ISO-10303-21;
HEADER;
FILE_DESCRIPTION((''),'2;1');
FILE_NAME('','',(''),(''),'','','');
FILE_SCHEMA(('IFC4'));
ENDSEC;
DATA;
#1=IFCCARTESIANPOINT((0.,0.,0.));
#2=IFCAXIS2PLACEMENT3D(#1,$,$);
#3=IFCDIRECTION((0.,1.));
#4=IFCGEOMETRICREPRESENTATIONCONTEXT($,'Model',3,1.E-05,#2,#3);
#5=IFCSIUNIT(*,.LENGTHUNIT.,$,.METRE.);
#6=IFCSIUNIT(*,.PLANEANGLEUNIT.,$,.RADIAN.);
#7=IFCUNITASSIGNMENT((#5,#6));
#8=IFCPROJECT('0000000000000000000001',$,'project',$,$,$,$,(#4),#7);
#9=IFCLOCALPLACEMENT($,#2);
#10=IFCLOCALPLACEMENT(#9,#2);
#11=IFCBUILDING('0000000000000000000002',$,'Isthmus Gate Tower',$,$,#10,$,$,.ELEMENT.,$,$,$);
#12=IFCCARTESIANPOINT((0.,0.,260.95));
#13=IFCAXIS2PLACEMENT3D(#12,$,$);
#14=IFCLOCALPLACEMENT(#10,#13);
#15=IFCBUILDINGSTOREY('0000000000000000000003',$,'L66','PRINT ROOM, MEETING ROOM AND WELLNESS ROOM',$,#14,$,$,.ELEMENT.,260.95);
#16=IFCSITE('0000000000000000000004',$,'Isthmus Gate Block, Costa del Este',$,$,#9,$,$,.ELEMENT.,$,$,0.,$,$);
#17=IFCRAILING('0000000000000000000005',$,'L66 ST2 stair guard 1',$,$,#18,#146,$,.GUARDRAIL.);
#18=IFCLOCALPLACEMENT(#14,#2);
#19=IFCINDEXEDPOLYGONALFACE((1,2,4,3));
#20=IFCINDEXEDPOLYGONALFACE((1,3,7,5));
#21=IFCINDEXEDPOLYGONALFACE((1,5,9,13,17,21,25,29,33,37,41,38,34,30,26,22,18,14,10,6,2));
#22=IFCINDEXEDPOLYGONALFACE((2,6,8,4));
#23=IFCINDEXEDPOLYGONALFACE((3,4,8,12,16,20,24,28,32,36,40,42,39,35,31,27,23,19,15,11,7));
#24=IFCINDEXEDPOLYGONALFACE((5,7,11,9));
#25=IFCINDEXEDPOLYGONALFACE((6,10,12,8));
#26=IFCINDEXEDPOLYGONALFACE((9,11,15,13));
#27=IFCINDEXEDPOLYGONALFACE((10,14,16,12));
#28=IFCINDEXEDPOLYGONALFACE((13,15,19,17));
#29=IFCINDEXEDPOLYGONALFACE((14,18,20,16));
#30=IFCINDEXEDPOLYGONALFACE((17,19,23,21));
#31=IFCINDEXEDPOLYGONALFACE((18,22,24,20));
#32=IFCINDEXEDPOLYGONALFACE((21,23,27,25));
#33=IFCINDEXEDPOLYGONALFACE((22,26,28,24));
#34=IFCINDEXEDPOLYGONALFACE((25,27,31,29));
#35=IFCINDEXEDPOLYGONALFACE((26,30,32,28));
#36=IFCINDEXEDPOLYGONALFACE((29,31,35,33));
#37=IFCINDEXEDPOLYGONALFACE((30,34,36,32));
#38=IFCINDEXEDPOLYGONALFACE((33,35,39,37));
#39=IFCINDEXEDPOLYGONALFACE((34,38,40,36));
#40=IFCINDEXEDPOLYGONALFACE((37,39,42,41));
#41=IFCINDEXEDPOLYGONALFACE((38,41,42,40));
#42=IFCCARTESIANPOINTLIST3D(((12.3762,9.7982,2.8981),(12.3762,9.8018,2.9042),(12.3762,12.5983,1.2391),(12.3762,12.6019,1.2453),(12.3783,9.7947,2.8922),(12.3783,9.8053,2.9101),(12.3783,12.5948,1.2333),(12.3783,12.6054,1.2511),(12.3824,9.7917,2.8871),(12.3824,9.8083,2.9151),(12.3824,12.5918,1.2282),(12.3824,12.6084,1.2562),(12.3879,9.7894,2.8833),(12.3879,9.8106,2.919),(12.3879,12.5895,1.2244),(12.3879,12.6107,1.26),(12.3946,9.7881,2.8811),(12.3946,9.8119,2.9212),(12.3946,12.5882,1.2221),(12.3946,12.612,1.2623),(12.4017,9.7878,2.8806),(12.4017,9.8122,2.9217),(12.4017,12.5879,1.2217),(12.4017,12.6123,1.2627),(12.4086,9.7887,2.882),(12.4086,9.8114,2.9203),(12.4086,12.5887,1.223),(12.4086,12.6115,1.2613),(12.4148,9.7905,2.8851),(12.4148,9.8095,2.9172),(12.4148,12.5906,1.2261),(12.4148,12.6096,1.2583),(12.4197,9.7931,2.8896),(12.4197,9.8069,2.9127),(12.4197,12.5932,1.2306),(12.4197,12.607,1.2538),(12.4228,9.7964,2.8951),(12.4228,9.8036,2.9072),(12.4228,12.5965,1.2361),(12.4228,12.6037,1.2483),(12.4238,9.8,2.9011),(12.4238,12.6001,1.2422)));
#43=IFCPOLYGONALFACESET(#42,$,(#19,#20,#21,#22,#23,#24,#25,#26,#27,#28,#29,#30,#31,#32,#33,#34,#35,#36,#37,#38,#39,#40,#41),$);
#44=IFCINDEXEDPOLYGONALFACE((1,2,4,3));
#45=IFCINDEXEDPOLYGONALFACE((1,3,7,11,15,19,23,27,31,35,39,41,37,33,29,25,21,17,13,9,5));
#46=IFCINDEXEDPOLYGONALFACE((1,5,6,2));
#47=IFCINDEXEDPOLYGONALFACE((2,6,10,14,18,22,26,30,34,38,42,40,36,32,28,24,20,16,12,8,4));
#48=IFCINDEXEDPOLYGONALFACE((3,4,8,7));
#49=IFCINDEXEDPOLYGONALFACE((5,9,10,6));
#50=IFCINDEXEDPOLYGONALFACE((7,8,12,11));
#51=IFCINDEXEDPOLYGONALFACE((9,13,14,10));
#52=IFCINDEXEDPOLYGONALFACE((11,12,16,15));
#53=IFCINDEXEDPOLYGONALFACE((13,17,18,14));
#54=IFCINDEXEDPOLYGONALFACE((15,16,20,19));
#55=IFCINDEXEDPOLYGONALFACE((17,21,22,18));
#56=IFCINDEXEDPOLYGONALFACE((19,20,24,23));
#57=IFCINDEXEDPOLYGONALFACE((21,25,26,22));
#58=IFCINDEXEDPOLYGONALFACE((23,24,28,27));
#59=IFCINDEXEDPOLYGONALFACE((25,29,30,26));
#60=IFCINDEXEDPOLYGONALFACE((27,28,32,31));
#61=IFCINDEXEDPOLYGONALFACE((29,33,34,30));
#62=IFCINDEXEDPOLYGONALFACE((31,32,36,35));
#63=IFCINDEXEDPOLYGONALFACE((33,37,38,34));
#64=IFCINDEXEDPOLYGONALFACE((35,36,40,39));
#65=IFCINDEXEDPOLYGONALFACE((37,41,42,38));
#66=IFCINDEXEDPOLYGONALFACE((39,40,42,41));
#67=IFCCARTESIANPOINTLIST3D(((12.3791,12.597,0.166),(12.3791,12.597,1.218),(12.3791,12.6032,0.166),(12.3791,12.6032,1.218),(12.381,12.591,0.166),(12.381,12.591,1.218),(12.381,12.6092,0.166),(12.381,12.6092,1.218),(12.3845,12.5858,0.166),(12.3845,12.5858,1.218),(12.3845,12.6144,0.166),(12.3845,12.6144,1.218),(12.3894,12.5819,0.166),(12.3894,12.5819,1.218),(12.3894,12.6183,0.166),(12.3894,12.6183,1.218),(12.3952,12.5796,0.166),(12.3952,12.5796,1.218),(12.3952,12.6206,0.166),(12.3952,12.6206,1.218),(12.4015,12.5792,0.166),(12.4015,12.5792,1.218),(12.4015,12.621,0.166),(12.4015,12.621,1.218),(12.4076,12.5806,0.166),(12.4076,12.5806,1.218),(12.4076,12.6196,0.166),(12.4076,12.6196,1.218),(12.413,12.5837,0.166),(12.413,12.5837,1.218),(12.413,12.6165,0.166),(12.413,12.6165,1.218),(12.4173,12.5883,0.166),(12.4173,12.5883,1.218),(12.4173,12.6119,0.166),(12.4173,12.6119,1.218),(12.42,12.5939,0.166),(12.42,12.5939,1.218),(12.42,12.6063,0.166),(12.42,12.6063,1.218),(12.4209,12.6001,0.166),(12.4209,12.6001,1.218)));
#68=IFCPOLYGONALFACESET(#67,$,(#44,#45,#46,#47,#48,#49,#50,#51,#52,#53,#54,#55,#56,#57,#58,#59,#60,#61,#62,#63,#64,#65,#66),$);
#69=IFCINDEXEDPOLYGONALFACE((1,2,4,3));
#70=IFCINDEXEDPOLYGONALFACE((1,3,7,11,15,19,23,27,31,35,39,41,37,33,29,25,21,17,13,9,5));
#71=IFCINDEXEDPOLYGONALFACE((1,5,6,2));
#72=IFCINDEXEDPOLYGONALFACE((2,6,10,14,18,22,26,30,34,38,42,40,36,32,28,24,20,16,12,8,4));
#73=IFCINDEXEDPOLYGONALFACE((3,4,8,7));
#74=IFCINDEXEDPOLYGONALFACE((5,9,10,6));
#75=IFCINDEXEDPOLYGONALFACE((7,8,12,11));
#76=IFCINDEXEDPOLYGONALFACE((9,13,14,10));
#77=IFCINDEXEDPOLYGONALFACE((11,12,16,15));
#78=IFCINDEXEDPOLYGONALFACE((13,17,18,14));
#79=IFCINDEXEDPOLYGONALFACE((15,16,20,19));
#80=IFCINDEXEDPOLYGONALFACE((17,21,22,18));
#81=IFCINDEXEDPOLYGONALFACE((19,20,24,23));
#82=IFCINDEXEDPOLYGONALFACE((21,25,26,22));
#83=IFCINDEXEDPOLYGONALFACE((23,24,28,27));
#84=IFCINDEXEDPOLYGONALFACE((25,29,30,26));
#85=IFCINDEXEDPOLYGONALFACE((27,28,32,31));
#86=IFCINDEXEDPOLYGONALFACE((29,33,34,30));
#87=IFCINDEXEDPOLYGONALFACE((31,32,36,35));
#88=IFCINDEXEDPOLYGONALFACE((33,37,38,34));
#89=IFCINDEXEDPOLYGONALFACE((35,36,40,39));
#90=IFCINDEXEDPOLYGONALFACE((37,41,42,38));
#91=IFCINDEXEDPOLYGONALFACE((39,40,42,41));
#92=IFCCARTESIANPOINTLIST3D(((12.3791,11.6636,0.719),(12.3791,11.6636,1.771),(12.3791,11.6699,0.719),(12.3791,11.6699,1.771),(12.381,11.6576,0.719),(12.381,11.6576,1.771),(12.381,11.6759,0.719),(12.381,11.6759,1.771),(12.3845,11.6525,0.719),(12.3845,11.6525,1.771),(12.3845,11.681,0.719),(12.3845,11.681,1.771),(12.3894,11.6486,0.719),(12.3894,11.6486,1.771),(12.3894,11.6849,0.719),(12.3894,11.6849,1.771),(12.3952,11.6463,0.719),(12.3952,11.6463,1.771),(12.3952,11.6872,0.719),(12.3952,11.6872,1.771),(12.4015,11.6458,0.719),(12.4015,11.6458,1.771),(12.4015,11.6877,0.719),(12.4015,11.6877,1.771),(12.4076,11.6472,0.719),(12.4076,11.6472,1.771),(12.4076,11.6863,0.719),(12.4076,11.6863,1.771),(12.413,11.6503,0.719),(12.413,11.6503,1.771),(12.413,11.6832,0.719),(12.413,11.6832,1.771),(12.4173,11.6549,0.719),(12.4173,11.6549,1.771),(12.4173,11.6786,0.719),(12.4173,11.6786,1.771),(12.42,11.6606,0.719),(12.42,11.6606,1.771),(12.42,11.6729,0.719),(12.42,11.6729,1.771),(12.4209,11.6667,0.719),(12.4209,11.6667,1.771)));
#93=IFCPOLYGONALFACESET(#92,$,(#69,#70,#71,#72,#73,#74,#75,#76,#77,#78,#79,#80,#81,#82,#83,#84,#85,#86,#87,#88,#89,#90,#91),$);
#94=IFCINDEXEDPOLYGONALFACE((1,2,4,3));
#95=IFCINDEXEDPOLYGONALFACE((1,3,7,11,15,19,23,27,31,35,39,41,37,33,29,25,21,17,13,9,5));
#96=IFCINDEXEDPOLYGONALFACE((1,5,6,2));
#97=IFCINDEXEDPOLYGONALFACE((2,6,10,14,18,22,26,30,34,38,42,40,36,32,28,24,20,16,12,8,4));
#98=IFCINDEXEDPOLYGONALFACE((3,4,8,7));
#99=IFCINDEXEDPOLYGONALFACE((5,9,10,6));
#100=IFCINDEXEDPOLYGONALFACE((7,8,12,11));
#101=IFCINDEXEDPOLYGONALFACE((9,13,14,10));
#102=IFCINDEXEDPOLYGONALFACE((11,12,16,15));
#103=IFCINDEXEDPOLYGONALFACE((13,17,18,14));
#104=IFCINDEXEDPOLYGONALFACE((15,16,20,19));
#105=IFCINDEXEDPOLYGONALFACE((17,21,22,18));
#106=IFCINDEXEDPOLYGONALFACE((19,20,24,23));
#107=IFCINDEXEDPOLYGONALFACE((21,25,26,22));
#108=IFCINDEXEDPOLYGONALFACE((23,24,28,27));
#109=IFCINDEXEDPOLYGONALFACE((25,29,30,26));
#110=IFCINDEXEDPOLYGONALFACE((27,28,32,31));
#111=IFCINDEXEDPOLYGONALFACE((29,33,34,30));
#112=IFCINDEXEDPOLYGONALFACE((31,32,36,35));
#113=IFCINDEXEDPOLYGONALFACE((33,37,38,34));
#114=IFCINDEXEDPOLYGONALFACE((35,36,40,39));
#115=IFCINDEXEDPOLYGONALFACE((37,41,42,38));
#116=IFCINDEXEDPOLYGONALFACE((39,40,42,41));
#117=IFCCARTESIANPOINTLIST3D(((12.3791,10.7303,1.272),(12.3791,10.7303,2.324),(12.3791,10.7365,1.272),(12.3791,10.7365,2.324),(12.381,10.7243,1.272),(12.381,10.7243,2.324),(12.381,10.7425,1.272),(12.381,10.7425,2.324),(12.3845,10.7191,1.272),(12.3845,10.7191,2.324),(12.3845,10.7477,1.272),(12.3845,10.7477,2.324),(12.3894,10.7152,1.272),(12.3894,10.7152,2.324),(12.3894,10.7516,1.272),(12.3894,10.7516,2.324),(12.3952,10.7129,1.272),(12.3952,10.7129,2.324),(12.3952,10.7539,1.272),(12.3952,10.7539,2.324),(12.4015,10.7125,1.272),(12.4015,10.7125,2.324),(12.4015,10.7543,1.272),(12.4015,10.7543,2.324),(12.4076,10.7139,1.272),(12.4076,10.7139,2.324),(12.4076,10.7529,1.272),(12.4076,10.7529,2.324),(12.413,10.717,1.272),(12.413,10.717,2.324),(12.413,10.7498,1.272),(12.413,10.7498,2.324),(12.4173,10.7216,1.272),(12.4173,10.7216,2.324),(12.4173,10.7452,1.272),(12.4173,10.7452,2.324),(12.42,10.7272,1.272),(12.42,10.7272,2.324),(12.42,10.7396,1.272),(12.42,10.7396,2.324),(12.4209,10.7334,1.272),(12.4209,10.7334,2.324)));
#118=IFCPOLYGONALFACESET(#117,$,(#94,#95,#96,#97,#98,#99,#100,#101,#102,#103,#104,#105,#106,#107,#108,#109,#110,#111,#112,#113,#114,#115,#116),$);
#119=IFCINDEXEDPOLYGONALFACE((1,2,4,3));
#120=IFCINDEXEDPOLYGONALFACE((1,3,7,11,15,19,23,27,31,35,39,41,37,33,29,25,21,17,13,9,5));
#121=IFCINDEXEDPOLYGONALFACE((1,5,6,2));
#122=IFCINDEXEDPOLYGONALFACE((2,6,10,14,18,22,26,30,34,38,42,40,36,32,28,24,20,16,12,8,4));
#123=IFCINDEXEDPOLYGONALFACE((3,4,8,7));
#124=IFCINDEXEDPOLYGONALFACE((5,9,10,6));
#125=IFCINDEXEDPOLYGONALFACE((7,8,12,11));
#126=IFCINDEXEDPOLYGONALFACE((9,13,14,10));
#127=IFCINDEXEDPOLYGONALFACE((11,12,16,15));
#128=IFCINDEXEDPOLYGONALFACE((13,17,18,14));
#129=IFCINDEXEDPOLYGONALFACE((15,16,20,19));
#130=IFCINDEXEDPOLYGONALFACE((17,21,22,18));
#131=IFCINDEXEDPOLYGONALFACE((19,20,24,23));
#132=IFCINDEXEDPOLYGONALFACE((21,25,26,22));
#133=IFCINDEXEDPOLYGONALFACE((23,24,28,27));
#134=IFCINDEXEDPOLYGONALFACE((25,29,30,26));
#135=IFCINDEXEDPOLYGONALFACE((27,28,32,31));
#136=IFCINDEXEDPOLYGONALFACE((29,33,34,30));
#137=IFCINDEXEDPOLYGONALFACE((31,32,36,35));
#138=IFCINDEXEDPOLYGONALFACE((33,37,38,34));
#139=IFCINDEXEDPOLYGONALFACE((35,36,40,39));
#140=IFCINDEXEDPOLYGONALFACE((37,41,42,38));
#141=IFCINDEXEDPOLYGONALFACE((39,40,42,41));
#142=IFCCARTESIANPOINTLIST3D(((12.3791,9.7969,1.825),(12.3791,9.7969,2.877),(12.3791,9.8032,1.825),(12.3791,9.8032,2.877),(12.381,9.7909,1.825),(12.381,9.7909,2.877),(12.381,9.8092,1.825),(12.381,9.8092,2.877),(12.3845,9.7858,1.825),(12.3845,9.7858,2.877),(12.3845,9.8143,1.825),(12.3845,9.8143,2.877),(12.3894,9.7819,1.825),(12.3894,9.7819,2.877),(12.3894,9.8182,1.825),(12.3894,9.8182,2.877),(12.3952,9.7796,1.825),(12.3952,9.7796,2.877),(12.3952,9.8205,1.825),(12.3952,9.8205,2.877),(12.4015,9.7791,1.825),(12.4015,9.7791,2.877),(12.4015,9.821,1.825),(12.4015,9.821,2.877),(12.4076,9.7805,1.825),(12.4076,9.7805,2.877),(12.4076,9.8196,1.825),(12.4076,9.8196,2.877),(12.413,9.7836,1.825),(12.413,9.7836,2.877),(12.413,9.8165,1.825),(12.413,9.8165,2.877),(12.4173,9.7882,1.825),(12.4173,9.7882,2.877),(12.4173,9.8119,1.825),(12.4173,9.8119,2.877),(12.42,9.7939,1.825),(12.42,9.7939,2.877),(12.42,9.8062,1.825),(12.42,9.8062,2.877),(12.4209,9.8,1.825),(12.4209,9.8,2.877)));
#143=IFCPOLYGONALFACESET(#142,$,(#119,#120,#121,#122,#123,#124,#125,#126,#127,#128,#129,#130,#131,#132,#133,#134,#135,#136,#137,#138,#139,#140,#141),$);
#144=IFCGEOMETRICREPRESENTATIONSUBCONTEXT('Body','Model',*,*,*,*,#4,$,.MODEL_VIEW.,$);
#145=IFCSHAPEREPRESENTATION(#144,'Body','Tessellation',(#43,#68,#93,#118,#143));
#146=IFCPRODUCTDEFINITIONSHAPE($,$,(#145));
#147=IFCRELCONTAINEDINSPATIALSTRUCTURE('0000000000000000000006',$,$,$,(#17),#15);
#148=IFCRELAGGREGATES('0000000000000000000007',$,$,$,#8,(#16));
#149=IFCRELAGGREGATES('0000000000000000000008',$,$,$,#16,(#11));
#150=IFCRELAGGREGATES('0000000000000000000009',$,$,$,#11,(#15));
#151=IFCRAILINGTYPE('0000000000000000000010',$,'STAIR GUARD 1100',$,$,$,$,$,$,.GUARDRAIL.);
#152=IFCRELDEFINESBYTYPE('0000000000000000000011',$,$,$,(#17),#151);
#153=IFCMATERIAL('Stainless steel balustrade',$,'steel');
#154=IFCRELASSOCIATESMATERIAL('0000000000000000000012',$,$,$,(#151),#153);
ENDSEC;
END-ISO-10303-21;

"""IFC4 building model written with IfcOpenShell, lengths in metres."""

from ifc_helpers import new_model, si_unit, direction, frame, origin, origin_2d, place, context, subcontext, project, spatial, circle, extrude, material, type_object, element, save


model = new_model("IFC4")

# Units and contexts
model_context = context("Model", 3, precision=1e-05, world=origin(), true_north=direction((0.0, 1.0)))
body_context = subcontext(model_context, "Body", "Model", "MODEL_VIEW")
ifc_project = project(units=[si_unit("LENGTHUNIT", "METRE"), si_unit("PLANEANGLEUNIT", "RADIAN")], contexts=[model_context])

# Site, building, storey
site_placement = place(None, origin())
site = spatial("IfcSite", under=ifc_project, at=site_placement, Name="Isthmus Gate Block, Costa del Este", CompositionType="ELEMENT", RefElevation=0.0)
building_placement = place(site_placement, origin())
building = spatial("IfcBuilding", under=site, at=building_placement, Name="Isthmus Gate Tower", CompositionType="ELEMENT")
storey_placement = place(building_placement, frame((0.0, 0.0, 260.95)))
storey = spatial("IfcBuildingStorey", under=building, at=storey_placement, Name="L66", Description="PRINT ROOM, MEETING ROOM AND WELLNESS ROOM", CompositionType="ELEMENT", Elevation=260.95)

# Railing
ifc_material_1 = material(Name="Stainless steel balustrade", Category="steel")
railing_type_1 = type_object("IfcRailingType", Name="STAIR GUARD 1100", PredefinedType="GUARDRAIL", material=ifc_material_1)
railing_1_placement = place(storey_placement, frame((12.3999, 12.6001, 0.166)))
element("IfcRailing", 1, at=railing_1_placement, inside=storey, type_object=railing_type_1, Name="L66 ST2 stair guard 1", PredefinedType="GUARDRAIL", context=body_context, shape_type="SweptSolid", body=[
    extrude(circle(Radius=0.0239, at=origin_2d()), frame((0.0, 0.0, 1.0762), z_axis=(0.0, -0.860339, 0.509722), x_axis=(1.0, 0.0, 0.0)), (0.0, 0.0, 1.0), 3.2546),
    extrude(circle(Radius=0.021, at=origin_2d()), origin(), (0.0, 0.0, 1.0), 1.052),
    extrude(circle(Radius=0.021, at=origin_2d()), frame((0.0, -0.9333, 0.553)), (0.0, 0.0, 1.0), 1.052),
    extrude(circle(Radius=0.021, at=origin_2d()), frame((0.0, -1.8667, 1.106)), (0.0, 0.0, 1.0), 1.052),
    extrude(circle(Radius=0.021, at=origin_2d()), frame((0.0, -2.8, 1.6589)), (0.0, 0.0, 1.0), 1.052),
])

save(model, "model.ifc")
